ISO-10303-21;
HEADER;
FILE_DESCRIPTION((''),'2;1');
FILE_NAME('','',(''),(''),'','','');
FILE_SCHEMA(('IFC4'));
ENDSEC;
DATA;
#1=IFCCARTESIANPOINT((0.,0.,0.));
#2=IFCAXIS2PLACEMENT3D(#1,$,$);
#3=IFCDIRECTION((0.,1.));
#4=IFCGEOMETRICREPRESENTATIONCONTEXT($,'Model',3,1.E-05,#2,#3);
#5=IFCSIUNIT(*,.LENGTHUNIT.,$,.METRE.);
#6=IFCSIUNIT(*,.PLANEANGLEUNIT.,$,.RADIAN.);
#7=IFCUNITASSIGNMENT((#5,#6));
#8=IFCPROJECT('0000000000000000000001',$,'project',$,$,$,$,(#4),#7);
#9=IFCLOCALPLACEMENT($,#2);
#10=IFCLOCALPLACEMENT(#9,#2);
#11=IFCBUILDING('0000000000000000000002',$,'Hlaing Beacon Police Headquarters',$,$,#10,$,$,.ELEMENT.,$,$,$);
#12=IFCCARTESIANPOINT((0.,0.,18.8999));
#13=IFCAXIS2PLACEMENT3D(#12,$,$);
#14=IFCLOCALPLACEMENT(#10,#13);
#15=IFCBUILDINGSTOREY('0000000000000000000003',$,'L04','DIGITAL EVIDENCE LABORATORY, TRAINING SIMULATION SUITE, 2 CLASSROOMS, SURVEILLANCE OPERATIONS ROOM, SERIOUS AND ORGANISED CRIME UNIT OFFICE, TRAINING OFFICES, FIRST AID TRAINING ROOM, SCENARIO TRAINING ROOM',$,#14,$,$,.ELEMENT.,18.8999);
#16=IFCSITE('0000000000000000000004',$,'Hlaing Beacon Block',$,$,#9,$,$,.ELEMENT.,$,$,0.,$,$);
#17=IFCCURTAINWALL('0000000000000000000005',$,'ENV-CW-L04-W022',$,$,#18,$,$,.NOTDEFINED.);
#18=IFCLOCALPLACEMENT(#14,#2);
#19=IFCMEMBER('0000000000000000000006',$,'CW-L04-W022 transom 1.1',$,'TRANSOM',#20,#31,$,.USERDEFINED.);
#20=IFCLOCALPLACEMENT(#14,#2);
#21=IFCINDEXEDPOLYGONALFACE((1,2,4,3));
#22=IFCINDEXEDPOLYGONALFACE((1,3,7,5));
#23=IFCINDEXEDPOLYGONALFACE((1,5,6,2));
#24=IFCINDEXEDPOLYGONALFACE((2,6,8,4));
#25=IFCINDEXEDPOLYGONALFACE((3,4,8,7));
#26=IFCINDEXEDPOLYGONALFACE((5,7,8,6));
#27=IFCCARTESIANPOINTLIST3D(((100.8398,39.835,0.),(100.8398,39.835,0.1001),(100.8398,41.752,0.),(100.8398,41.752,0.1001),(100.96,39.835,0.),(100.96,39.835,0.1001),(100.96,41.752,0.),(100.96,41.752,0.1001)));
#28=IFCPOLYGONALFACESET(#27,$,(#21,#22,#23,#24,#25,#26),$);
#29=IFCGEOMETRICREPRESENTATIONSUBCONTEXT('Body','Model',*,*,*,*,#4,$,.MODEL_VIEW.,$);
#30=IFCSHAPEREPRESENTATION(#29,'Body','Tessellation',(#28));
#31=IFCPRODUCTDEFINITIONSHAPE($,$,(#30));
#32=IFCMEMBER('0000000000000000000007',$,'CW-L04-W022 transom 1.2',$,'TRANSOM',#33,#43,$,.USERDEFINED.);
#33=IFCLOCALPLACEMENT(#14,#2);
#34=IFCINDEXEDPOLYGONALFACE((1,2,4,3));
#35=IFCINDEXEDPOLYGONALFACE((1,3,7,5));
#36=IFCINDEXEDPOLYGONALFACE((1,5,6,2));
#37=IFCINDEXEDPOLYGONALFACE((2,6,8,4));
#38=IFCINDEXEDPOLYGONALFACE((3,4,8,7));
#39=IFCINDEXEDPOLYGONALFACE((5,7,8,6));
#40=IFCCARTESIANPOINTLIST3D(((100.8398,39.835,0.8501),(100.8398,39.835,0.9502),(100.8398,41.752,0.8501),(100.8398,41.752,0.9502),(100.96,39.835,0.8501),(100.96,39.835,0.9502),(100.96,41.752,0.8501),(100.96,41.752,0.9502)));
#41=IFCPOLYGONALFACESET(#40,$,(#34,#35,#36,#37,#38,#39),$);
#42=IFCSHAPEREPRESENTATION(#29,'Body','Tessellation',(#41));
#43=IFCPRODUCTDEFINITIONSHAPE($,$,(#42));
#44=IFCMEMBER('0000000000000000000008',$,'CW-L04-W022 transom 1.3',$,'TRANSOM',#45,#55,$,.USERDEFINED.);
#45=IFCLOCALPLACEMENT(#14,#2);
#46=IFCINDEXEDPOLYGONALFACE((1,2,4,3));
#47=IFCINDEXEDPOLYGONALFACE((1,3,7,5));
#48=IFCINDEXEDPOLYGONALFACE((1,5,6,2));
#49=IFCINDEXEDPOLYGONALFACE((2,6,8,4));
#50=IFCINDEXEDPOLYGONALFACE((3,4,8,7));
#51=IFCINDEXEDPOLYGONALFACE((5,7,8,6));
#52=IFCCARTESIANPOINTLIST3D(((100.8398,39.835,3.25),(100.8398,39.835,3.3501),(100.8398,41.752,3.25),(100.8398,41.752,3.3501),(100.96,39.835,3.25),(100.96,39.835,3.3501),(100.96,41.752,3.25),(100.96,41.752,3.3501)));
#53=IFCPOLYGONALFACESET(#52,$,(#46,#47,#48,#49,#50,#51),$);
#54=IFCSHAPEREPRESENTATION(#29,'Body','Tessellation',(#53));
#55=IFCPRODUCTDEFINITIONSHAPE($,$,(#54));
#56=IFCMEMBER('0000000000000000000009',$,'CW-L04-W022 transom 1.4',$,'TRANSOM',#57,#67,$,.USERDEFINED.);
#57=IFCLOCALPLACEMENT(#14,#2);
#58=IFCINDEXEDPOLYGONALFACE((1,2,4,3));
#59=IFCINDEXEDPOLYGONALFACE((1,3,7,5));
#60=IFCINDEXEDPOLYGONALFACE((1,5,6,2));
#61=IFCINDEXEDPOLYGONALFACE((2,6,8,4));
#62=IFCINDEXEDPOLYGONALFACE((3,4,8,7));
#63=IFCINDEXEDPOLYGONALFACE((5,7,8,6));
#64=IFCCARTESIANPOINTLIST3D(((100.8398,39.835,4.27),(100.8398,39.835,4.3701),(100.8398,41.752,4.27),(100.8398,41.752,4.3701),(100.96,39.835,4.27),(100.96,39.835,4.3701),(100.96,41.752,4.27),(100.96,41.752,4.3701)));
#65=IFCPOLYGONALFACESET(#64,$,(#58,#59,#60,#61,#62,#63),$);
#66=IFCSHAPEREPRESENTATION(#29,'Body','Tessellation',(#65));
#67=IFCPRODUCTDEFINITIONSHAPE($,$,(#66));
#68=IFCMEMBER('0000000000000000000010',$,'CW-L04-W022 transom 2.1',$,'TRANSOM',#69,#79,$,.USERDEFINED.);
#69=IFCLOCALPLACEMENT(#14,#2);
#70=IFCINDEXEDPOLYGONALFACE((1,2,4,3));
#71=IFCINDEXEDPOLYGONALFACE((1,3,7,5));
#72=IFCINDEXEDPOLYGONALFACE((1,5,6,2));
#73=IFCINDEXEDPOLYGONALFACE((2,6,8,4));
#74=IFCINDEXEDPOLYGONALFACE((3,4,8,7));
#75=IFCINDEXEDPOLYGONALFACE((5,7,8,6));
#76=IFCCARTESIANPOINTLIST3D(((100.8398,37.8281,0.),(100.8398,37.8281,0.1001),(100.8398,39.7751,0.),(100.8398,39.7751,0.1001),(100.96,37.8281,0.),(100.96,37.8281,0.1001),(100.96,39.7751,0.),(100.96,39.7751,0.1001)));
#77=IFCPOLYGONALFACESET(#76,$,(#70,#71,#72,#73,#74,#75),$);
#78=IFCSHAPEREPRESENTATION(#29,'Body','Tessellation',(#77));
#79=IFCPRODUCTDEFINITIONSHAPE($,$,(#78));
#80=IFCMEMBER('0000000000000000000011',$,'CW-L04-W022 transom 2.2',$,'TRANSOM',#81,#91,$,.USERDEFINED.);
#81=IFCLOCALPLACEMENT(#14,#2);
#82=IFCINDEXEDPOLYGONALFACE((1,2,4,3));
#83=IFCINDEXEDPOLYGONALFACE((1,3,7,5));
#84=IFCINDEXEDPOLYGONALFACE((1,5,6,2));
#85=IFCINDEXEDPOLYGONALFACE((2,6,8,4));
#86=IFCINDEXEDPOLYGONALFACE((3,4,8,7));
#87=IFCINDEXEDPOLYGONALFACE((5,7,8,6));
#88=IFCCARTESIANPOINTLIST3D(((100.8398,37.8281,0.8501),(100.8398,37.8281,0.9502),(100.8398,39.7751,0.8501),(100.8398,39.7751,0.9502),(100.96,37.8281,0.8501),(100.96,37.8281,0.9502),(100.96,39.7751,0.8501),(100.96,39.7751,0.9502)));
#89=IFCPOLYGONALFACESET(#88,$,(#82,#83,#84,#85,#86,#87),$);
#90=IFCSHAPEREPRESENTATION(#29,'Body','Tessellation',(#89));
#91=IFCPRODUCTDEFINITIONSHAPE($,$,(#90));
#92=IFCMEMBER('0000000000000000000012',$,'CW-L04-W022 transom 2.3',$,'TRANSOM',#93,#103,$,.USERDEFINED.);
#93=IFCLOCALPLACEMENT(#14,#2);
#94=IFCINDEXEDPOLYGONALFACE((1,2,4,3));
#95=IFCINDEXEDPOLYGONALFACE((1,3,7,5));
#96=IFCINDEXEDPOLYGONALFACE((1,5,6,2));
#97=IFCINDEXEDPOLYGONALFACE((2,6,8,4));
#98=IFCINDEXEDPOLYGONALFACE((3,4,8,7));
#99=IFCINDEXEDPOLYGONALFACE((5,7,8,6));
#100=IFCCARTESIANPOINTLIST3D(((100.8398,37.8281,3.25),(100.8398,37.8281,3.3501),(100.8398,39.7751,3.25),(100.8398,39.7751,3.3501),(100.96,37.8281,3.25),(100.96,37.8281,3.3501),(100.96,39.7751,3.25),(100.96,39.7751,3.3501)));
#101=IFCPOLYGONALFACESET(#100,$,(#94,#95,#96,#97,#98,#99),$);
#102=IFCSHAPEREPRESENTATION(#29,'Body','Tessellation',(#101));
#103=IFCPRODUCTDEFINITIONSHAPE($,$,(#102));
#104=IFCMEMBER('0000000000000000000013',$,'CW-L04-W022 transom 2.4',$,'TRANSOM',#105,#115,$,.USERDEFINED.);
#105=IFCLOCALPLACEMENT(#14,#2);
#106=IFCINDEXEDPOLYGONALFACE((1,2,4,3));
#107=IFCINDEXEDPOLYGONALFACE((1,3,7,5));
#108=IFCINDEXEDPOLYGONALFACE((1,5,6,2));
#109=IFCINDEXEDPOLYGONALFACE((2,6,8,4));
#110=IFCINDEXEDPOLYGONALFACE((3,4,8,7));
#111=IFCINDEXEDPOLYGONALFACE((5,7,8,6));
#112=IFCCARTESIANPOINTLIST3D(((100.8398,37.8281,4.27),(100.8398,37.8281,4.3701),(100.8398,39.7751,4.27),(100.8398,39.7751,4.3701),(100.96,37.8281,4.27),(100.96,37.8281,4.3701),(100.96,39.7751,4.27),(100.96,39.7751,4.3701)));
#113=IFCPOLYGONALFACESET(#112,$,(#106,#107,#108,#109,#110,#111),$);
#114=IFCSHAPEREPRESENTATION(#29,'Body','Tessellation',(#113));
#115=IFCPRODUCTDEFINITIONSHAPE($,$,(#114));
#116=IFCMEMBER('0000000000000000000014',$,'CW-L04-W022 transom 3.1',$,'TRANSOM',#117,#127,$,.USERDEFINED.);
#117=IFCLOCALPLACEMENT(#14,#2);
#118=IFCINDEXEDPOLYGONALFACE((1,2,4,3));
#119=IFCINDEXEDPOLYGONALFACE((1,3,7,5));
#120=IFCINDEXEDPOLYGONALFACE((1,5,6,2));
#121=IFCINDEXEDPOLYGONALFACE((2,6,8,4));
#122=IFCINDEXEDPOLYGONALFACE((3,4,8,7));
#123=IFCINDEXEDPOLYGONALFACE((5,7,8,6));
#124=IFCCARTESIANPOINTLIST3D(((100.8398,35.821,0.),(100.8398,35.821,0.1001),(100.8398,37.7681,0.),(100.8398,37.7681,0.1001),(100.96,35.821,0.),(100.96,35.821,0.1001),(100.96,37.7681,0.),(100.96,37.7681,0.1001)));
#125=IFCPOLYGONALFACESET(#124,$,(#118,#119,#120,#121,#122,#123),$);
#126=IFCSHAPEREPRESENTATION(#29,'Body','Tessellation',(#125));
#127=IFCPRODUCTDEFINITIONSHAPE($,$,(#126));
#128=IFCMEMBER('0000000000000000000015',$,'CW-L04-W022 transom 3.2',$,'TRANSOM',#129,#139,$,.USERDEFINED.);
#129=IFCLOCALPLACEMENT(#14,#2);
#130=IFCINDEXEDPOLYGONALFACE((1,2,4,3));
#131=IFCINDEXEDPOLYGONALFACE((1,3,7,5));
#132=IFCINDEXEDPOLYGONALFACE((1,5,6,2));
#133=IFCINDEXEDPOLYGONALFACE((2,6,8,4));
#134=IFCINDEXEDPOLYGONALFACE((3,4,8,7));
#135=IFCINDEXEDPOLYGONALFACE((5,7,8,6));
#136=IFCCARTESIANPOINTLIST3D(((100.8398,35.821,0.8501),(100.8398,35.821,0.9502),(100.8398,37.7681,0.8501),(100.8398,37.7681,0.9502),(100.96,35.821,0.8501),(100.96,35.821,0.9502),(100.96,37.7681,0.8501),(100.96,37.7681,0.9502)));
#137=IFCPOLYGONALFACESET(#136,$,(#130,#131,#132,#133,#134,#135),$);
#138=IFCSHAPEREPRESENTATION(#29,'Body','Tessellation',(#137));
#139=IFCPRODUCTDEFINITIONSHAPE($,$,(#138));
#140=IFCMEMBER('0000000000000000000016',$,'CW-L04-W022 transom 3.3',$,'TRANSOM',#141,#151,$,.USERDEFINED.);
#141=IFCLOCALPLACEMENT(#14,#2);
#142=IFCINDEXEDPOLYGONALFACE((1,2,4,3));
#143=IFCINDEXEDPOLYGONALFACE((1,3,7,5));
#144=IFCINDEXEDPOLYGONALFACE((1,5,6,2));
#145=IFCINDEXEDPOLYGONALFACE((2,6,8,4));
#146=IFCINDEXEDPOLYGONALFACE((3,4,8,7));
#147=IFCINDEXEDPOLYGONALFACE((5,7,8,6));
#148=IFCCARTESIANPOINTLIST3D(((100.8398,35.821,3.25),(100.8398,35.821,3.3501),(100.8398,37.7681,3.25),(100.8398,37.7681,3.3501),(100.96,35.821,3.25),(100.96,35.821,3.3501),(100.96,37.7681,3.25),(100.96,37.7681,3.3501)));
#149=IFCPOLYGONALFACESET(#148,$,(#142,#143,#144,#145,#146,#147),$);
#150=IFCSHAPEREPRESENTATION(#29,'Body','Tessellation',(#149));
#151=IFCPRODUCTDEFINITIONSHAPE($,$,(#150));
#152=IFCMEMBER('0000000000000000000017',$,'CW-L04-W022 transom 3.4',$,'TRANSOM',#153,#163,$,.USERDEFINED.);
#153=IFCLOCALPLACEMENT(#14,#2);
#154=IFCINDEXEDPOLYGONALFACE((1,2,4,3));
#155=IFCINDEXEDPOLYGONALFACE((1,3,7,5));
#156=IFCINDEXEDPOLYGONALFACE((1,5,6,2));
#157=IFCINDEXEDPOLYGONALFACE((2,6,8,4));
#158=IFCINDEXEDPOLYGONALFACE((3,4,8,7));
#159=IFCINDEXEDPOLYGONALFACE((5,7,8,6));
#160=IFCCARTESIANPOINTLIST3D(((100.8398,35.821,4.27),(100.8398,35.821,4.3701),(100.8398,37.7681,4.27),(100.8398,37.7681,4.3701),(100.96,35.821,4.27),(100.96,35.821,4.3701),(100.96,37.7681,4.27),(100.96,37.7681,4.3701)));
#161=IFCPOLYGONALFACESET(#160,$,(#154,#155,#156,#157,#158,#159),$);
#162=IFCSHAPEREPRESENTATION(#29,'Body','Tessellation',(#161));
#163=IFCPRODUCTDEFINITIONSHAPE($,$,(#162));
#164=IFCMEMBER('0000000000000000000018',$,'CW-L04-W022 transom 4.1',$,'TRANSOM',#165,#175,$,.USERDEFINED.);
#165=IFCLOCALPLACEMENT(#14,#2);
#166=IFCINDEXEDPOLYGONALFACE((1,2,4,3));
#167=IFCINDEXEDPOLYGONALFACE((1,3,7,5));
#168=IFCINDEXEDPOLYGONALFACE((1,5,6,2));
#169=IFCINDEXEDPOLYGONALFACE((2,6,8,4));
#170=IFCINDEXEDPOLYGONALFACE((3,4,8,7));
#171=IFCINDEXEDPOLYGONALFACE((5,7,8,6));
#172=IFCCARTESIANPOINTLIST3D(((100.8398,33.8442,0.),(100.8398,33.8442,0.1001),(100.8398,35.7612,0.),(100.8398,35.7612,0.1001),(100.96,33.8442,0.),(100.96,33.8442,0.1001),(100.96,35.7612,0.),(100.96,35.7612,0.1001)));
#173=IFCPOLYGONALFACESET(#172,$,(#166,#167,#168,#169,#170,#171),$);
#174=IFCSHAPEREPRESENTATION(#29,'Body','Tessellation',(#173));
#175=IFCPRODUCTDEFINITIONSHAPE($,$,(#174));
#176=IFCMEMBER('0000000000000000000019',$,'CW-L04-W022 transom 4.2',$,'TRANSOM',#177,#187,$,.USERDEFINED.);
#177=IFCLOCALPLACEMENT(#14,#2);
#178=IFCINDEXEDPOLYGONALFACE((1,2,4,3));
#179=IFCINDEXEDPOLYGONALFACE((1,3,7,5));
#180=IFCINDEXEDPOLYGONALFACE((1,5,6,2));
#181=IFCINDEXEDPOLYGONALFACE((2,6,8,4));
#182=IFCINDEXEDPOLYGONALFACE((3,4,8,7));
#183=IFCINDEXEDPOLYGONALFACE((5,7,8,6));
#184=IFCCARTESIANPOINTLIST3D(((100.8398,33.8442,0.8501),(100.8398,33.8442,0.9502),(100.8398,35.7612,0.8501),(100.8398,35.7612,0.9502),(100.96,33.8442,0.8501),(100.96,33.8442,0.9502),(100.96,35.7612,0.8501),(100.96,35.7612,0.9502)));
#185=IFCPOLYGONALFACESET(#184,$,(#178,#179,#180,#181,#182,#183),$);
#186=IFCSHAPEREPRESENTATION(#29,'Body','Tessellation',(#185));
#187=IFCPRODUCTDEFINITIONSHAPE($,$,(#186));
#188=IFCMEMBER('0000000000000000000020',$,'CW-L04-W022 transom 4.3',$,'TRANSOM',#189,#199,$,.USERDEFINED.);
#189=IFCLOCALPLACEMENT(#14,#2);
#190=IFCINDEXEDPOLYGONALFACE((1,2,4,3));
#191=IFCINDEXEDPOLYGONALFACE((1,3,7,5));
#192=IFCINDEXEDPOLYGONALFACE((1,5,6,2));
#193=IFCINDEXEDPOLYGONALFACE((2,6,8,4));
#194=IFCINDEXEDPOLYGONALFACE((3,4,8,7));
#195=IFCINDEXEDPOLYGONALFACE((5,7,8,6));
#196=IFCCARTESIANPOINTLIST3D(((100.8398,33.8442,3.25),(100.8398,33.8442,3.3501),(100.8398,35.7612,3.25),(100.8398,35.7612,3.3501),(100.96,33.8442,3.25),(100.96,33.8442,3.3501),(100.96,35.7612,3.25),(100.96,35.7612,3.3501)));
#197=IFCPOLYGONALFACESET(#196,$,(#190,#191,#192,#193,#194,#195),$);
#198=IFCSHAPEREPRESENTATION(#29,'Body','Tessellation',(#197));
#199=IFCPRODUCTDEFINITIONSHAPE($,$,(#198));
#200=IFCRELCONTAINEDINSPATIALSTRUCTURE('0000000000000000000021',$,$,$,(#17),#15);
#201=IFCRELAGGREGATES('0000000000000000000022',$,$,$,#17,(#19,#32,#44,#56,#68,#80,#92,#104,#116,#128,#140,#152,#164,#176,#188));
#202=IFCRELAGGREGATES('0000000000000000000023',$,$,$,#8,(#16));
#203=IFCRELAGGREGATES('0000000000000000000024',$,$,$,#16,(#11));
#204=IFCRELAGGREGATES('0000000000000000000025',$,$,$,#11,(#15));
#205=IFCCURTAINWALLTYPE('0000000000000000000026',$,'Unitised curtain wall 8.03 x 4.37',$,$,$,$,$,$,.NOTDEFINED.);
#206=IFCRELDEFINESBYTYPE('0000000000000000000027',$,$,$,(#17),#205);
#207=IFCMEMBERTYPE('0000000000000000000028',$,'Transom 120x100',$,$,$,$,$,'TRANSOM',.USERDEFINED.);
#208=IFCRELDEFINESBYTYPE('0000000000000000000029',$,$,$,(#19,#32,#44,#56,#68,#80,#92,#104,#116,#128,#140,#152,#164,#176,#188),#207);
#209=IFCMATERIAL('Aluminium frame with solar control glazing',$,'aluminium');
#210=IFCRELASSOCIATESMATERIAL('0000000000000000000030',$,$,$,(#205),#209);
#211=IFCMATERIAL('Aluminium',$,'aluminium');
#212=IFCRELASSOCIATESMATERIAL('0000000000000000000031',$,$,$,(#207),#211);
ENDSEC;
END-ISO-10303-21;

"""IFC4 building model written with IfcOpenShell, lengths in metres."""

from ifc_helpers import new_model, si_unit, direction, frame, origin, origin_2d, place, context, subcontext, project, spatial, rectangle, extrude, material, material_profile, profile_set, type_object, element, aggregate, save


model = new_model("IFC4")

# Units and contexts
model_context = context("Model", 3, precision=1e-05, world=origin(), true_north=direction((0.0, 1.0)))
body_context = subcontext(model_context, "Body", "Model", "MODEL_VIEW")
ifc_project = project(units=[si_unit("LENGTHUNIT", "METRE"), si_unit("PLANEANGLEUNIT", "RADIAN")], contexts=[model_context])

# Site, building, storey
site_placement = place(None, origin())
site = spatial("IfcSite", under=ifc_project, at=site_placement, Name="Hlaing Beacon Block", CompositionType="ELEMENT", RefElevation=0.0)
building_placement = place(site_placement, origin())
building = spatial("IfcBuilding", under=site, at=building_placement, Name="Hlaing Beacon Police Headquarters", CompositionType="ELEMENT")
storey_placement = place(building_placement, frame((0.0, 0.0, 18.8999)))
storey = spatial("IfcBuildingStorey", under=building, at=storey_placement, Name="L04", Description="DIGITAL EVIDENCE LABORATORY, TRAINING SIMULATION SUITE, 2 CLASSROOMS, SURVEILLANCE OPERATIONS ROOM, SERIOUS AND ORGANISED CRIME UNIT OFFICE, TRAINING OFFICES, FIRST AID TRAINING ROOM, SCENARIO TRAINING ROOM", CompositionType="ELEMENT", Elevation=18.8999)

# Curtain wall
ifc_material_1 = material(Name="Aluminium frame with solar control glazing", Category="aluminium")
curtain_wall_type = type_object("IfcCurtainWallType", Name="Unitised curtain wall 8.03 x 4.37", PredefinedType="NOTDEFINED", material=ifc_material_1)
curtain_wall_placement = place(storey_placement, origin())
curtain_wall = element("IfcCurtainWall", 1, at=curtain_wall_placement, inside=storey, type_object=curtain_wall_type, Name="ENV-CW-L04-W022", PredefinedType="NOTDEFINED")

# Members
ifc_material_2 = material(Name="Aluminium", Category="aluminium")
ifc_material_profile_1 = material_profile(ifc_material_2, rectangle(XDim=0.1201, YDim=0.1001, at=origin_2d()), Name="Transom 120x100")
ifc_profile_set_1 = profile_set([ifc_material_profile_1], Name="Aluminium")
member_type_1 = type_object("IfcMemberType", Name="Transom 120x100", ElementType="TRANSOM", PredefinedType="USERDEFINED", material=ifc_profile_set_1)
member_1_placement = place(storey_placement, frame((100.8999, 41.752, 0.05), z_axis=(0.0, -1.0, 0.0), x_axis=(1.0, 0.0, 0.0)))
member_1 = element("IfcMember", 2, at=member_1_placement, type_object=member_type_1, Name="CW-L04-W022 transom 1.1", ObjectType="TRANSOM", PredefinedType="USERDEFINED", context=body_context, shape_type="SweptSolid", body=[
    extrude(rectangle(XDim=0.1201, YDim=0.1001, at=origin_2d()), origin(), (0.0, 0.0, 1.0), 1.917),
])
member_2_placement = place(storey_placement, frame((100.8999, 41.752, 0.9001), z_axis=(0.0, -1.0, 0.0), x_axis=(1.0, 0.0, 0.0)))
member_2 = element("IfcMember", 3, at=member_2_placement, type_object=member_type_1, Name="CW-L04-W022 transom 1.2", ObjectType="TRANSOM", PredefinedType="USERDEFINED", context=body_context, shape_type="SweptSolid", body=[
    extrude(rectangle(XDim=0.1201, YDim=0.1001, at=origin_2d()), origin(), (0.0, 0.0, 1.0), 1.917),
])
member_3_placement = place(storey_placement, frame((100.8999, 41.752, 3.3), z_axis=(0.0, -1.0, 0.0), x_axis=(1.0, 0.0, 0.0)))
member_3 = element("IfcMember", 4, at=member_3_placement, type_object=member_type_1, Name="CW-L04-W022 transom 1.3", ObjectType="TRANSOM", PredefinedType="USERDEFINED", context=body_context, shape_type="SweptSolid", body=[
    extrude(rectangle(XDim=0.1201, YDim=0.1001, at=origin_2d()), origin(), (0.0, 0.0, 1.0), 1.917),
])
member_4_placement = place(storey_placement, frame((100.8999, 41.752, 4.3201), z_axis=(0.0, -1.0, 0.0), x_axis=(1.0, 0.0, 0.0)))
member_4 = element("IfcMember", 5, at=member_4_placement, type_object=member_type_1, Name="CW-L04-W022 transom 1.4", ObjectType="TRANSOM", PredefinedType="USERDEFINED", context=body_context, shape_type="SweptSolid", body=[
    extrude(rectangle(XDim=0.1201, YDim=0.1001, at=origin_2d()), origin(), (0.0, 0.0, 1.0), 1.917),
])
member_5_placement = place(storey_placement, frame((100.8999, 39.7751, 0.05), z_axis=(0.0, -1.0, 0.0), x_axis=(1.0, 0.0, 0.0)))
member_5 = element("IfcMember", 6, at=member_5_placement, type_object=member_type_1, Name="CW-L04-W022 transom 2.1", ObjectType="TRANSOM", PredefinedType="USERDEFINED", context=body_context, shape_type="SweptSolid", body=[
    extrude(rectangle(XDim=0.1201, YDim=0.1001, at=origin_2d()), origin(), (0.0, 0.0, 1.0), 1.947),
])
member_6_placement = place(storey_placement, frame((100.8999, 39.7751, 0.9001), z_axis=(0.0, -1.0, 0.0), x_axis=(1.0, 0.0, 0.0)))
member_6 = element("IfcMember", 7, at=member_6_placement, type_object=member_type_1, Name="CW-L04-W022 transom 2.2", ObjectType="TRANSOM", PredefinedType="USERDEFINED", context=body_context, shape_type="SweptSolid", body=[
    extrude(rectangle(XDim=0.1201, YDim=0.1001, at=origin_2d()), origin(), (0.0, 0.0, 1.0), 1.947),
])
member_7_placement = place(storey_placement, frame((100.8999, 39.7751, 3.3), z_axis=(0.0, -1.0, 0.0), x_axis=(1.0, 0.0, 0.0)))
member_7 = element("IfcMember", 8, at=member_7_placement, type_object=member_type_1, Name="CW-L04-W022 transom 2.3", ObjectType="TRANSOM", PredefinedType="USERDEFINED", context=body_context, shape_type="SweptSolid", body=[
    extrude(rectangle(XDim=0.1201, YDim=0.1001, at=origin_2d()), origin(), (0.0, 0.0, 1.0), 1.947),
])
member_8_placement = place(storey_placement, frame((100.8999, 39.7751, 4.3201), z_axis=(0.0, -1.0, 0.0), x_axis=(1.0, 0.0, 0.0)))
member_8 = element("IfcMember", 9, at=member_8_placement, type_object=member_type_1, Name="CW-L04-W022 transom 2.4", ObjectType="TRANSOM", PredefinedType="USERDEFINED", context=body_context, shape_type="SweptSolid", body=[
    extrude(rectangle(XDim=0.1201, YDim=0.1001, at=origin_2d()), origin(), (0.0, 0.0, 1.0), 1.947),
])
member_9_placement = place(storey_placement, frame((100.8999, 37.7681, 0.05), z_axis=(0.0, -1.0, 0.0), x_axis=(1.0, 0.0, 0.0)))
member_9 = element("IfcMember", 10, at=member_9_placement, type_object=member_type_1, Name="CW-L04-W022 transom 3.1", ObjectType="TRANSOM", PredefinedType="USERDEFINED", context=body_context, shape_type="SweptSolid", body=[
    extrude(rectangle(XDim=0.1201, YDim=0.1001, at=origin_2d()), origin(), (0.0, 0.0, 1.0), 1.947),
])
member_10_placement = place(storey_placement, frame((100.8999, 37.7681, 0.9001), z_axis=(0.0, -1.0, 0.0), x_axis=(1.0, 0.0, 0.0)))
member_10 = element("IfcMember", 11, at=member_10_placement, type_object=member_type_1, Name="CW-L04-W022 transom 3.2", ObjectType="TRANSOM", PredefinedType="USERDEFINED", context=body_context, shape_type="SweptSolid", body=[
    extrude(rectangle(XDim=0.1201, YDim=0.1001, at=origin_2d()), origin(), (0.0, 0.0, 1.0), 1.947),
])
member_11_placement = place(storey_placement, frame((100.8999, 37.7681, 3.3), z_axis=(0.0, -1.0, 0.0), x_axis=(1.0, 0.0, 0.0)))
member_11 = element("IfcMember", 12, at=member_11_placement, type_object=member_type_1, Name="CW-L04-W022 transom 3.3", ObjectType="TRANSOM", PredefinedType="USERDEFINED", context=body_context, shape_type="SweptSolid", body=[
    extrude(rectangle(XDim=0.1201, YDim=0.1001, at=origin_2d()), origin(), (0.0, 0.0, 1.0), 1.947),
])
member_12_placement = place(storey_placement, frame((100.8999, 37.7681, 4.3201), z_axis=(0.0, -1.0, 0.0), x_axis=(1.0, 0.0, 0.0)))
member_12 = element("IfcMember", 13, at=member_12_placement, type_object=member_type_1, Name="CW-L04-W022 transom 3.4", ObjectType="TRANSOM", PredefinedType="USERDEFINED", context=body_context, shape_type="SweptSolid", body=[
    extrude(rectangle(XDim=0.1201, YDim=0.1001, at=origin_2d()), origin(), (0.0, 0.0, 1.0), 1.947),
])
member_13_placement = place(storey_placement, frame((100.8999, 35.7612, 0.05), z_axis=(0.0, -1.0, 0.0), x_axis=(1.0, 0.0, 0.0)))
member_13 = element("IfcMember", 14, at=member_13_placement, type_object=member_type_1, Name="CW-L04-W022 transom 4.1", ObjectType="TRANSOM", PredefinedType="USERDEFINED", context=body_context, shape_type="SweptSolid", body=[
    extrude(rectangle(XDim=0.1201, YDim=0.1001, at=origin_2d()), origin(), (0.0, 0.0, 1.0), 1.917),
])
member_14_placement = place(storey_placement, frame((100.8999, 35.7612, 0.9001), z_axis=(0.0, -1.0, 0.0), x_axis=(1.0, 0.0, 0.0)))
member_14 = element("IfcMember", 15, at=member_14_placement, type_object=member_type_1, Name="CW-L04-W022 transom 4.2", ObjectType="TRANSOM", PredefinedType="USERDEFINED", context=body_context, shape_type="SweptSolid", body=[
    extrude(rectangle(XDim=0.1201, YDim=0.1001, at=origin_2d()), origin(), (0.0, 0.0, 1.0), 1.917),
])
member_15_placement = place(storey_placement, frame((100.8999, 35.7612, 3.3), z_axis=(0.0, -1.0, 0.0), x_axis=(1.0, 0.0, 0.0)))
member_15 = element("IfcMember", 16, at=member_15_placement, type_object=member_type_1, Name="CW-L04-W022 transom 4.3", ObjectType="TRANSOM", PredefinedType="USERDEFINED", context=body_context, shape_type="SweptSolid", body=[
    extrude(rectangle(XDim=0.1201, YDim=0.1001, at=origin_2d()), origin(), (0.0, 0.0, 1.0), 1.917),
])

aggregate(curtain_wall, [member_1, member_2, member_3, member_4, member_5, member_6, member_7, member_8, member_9, member_10, member_11, member_12, member_13, member_14, member_15])

save(model, "model.ifc")
